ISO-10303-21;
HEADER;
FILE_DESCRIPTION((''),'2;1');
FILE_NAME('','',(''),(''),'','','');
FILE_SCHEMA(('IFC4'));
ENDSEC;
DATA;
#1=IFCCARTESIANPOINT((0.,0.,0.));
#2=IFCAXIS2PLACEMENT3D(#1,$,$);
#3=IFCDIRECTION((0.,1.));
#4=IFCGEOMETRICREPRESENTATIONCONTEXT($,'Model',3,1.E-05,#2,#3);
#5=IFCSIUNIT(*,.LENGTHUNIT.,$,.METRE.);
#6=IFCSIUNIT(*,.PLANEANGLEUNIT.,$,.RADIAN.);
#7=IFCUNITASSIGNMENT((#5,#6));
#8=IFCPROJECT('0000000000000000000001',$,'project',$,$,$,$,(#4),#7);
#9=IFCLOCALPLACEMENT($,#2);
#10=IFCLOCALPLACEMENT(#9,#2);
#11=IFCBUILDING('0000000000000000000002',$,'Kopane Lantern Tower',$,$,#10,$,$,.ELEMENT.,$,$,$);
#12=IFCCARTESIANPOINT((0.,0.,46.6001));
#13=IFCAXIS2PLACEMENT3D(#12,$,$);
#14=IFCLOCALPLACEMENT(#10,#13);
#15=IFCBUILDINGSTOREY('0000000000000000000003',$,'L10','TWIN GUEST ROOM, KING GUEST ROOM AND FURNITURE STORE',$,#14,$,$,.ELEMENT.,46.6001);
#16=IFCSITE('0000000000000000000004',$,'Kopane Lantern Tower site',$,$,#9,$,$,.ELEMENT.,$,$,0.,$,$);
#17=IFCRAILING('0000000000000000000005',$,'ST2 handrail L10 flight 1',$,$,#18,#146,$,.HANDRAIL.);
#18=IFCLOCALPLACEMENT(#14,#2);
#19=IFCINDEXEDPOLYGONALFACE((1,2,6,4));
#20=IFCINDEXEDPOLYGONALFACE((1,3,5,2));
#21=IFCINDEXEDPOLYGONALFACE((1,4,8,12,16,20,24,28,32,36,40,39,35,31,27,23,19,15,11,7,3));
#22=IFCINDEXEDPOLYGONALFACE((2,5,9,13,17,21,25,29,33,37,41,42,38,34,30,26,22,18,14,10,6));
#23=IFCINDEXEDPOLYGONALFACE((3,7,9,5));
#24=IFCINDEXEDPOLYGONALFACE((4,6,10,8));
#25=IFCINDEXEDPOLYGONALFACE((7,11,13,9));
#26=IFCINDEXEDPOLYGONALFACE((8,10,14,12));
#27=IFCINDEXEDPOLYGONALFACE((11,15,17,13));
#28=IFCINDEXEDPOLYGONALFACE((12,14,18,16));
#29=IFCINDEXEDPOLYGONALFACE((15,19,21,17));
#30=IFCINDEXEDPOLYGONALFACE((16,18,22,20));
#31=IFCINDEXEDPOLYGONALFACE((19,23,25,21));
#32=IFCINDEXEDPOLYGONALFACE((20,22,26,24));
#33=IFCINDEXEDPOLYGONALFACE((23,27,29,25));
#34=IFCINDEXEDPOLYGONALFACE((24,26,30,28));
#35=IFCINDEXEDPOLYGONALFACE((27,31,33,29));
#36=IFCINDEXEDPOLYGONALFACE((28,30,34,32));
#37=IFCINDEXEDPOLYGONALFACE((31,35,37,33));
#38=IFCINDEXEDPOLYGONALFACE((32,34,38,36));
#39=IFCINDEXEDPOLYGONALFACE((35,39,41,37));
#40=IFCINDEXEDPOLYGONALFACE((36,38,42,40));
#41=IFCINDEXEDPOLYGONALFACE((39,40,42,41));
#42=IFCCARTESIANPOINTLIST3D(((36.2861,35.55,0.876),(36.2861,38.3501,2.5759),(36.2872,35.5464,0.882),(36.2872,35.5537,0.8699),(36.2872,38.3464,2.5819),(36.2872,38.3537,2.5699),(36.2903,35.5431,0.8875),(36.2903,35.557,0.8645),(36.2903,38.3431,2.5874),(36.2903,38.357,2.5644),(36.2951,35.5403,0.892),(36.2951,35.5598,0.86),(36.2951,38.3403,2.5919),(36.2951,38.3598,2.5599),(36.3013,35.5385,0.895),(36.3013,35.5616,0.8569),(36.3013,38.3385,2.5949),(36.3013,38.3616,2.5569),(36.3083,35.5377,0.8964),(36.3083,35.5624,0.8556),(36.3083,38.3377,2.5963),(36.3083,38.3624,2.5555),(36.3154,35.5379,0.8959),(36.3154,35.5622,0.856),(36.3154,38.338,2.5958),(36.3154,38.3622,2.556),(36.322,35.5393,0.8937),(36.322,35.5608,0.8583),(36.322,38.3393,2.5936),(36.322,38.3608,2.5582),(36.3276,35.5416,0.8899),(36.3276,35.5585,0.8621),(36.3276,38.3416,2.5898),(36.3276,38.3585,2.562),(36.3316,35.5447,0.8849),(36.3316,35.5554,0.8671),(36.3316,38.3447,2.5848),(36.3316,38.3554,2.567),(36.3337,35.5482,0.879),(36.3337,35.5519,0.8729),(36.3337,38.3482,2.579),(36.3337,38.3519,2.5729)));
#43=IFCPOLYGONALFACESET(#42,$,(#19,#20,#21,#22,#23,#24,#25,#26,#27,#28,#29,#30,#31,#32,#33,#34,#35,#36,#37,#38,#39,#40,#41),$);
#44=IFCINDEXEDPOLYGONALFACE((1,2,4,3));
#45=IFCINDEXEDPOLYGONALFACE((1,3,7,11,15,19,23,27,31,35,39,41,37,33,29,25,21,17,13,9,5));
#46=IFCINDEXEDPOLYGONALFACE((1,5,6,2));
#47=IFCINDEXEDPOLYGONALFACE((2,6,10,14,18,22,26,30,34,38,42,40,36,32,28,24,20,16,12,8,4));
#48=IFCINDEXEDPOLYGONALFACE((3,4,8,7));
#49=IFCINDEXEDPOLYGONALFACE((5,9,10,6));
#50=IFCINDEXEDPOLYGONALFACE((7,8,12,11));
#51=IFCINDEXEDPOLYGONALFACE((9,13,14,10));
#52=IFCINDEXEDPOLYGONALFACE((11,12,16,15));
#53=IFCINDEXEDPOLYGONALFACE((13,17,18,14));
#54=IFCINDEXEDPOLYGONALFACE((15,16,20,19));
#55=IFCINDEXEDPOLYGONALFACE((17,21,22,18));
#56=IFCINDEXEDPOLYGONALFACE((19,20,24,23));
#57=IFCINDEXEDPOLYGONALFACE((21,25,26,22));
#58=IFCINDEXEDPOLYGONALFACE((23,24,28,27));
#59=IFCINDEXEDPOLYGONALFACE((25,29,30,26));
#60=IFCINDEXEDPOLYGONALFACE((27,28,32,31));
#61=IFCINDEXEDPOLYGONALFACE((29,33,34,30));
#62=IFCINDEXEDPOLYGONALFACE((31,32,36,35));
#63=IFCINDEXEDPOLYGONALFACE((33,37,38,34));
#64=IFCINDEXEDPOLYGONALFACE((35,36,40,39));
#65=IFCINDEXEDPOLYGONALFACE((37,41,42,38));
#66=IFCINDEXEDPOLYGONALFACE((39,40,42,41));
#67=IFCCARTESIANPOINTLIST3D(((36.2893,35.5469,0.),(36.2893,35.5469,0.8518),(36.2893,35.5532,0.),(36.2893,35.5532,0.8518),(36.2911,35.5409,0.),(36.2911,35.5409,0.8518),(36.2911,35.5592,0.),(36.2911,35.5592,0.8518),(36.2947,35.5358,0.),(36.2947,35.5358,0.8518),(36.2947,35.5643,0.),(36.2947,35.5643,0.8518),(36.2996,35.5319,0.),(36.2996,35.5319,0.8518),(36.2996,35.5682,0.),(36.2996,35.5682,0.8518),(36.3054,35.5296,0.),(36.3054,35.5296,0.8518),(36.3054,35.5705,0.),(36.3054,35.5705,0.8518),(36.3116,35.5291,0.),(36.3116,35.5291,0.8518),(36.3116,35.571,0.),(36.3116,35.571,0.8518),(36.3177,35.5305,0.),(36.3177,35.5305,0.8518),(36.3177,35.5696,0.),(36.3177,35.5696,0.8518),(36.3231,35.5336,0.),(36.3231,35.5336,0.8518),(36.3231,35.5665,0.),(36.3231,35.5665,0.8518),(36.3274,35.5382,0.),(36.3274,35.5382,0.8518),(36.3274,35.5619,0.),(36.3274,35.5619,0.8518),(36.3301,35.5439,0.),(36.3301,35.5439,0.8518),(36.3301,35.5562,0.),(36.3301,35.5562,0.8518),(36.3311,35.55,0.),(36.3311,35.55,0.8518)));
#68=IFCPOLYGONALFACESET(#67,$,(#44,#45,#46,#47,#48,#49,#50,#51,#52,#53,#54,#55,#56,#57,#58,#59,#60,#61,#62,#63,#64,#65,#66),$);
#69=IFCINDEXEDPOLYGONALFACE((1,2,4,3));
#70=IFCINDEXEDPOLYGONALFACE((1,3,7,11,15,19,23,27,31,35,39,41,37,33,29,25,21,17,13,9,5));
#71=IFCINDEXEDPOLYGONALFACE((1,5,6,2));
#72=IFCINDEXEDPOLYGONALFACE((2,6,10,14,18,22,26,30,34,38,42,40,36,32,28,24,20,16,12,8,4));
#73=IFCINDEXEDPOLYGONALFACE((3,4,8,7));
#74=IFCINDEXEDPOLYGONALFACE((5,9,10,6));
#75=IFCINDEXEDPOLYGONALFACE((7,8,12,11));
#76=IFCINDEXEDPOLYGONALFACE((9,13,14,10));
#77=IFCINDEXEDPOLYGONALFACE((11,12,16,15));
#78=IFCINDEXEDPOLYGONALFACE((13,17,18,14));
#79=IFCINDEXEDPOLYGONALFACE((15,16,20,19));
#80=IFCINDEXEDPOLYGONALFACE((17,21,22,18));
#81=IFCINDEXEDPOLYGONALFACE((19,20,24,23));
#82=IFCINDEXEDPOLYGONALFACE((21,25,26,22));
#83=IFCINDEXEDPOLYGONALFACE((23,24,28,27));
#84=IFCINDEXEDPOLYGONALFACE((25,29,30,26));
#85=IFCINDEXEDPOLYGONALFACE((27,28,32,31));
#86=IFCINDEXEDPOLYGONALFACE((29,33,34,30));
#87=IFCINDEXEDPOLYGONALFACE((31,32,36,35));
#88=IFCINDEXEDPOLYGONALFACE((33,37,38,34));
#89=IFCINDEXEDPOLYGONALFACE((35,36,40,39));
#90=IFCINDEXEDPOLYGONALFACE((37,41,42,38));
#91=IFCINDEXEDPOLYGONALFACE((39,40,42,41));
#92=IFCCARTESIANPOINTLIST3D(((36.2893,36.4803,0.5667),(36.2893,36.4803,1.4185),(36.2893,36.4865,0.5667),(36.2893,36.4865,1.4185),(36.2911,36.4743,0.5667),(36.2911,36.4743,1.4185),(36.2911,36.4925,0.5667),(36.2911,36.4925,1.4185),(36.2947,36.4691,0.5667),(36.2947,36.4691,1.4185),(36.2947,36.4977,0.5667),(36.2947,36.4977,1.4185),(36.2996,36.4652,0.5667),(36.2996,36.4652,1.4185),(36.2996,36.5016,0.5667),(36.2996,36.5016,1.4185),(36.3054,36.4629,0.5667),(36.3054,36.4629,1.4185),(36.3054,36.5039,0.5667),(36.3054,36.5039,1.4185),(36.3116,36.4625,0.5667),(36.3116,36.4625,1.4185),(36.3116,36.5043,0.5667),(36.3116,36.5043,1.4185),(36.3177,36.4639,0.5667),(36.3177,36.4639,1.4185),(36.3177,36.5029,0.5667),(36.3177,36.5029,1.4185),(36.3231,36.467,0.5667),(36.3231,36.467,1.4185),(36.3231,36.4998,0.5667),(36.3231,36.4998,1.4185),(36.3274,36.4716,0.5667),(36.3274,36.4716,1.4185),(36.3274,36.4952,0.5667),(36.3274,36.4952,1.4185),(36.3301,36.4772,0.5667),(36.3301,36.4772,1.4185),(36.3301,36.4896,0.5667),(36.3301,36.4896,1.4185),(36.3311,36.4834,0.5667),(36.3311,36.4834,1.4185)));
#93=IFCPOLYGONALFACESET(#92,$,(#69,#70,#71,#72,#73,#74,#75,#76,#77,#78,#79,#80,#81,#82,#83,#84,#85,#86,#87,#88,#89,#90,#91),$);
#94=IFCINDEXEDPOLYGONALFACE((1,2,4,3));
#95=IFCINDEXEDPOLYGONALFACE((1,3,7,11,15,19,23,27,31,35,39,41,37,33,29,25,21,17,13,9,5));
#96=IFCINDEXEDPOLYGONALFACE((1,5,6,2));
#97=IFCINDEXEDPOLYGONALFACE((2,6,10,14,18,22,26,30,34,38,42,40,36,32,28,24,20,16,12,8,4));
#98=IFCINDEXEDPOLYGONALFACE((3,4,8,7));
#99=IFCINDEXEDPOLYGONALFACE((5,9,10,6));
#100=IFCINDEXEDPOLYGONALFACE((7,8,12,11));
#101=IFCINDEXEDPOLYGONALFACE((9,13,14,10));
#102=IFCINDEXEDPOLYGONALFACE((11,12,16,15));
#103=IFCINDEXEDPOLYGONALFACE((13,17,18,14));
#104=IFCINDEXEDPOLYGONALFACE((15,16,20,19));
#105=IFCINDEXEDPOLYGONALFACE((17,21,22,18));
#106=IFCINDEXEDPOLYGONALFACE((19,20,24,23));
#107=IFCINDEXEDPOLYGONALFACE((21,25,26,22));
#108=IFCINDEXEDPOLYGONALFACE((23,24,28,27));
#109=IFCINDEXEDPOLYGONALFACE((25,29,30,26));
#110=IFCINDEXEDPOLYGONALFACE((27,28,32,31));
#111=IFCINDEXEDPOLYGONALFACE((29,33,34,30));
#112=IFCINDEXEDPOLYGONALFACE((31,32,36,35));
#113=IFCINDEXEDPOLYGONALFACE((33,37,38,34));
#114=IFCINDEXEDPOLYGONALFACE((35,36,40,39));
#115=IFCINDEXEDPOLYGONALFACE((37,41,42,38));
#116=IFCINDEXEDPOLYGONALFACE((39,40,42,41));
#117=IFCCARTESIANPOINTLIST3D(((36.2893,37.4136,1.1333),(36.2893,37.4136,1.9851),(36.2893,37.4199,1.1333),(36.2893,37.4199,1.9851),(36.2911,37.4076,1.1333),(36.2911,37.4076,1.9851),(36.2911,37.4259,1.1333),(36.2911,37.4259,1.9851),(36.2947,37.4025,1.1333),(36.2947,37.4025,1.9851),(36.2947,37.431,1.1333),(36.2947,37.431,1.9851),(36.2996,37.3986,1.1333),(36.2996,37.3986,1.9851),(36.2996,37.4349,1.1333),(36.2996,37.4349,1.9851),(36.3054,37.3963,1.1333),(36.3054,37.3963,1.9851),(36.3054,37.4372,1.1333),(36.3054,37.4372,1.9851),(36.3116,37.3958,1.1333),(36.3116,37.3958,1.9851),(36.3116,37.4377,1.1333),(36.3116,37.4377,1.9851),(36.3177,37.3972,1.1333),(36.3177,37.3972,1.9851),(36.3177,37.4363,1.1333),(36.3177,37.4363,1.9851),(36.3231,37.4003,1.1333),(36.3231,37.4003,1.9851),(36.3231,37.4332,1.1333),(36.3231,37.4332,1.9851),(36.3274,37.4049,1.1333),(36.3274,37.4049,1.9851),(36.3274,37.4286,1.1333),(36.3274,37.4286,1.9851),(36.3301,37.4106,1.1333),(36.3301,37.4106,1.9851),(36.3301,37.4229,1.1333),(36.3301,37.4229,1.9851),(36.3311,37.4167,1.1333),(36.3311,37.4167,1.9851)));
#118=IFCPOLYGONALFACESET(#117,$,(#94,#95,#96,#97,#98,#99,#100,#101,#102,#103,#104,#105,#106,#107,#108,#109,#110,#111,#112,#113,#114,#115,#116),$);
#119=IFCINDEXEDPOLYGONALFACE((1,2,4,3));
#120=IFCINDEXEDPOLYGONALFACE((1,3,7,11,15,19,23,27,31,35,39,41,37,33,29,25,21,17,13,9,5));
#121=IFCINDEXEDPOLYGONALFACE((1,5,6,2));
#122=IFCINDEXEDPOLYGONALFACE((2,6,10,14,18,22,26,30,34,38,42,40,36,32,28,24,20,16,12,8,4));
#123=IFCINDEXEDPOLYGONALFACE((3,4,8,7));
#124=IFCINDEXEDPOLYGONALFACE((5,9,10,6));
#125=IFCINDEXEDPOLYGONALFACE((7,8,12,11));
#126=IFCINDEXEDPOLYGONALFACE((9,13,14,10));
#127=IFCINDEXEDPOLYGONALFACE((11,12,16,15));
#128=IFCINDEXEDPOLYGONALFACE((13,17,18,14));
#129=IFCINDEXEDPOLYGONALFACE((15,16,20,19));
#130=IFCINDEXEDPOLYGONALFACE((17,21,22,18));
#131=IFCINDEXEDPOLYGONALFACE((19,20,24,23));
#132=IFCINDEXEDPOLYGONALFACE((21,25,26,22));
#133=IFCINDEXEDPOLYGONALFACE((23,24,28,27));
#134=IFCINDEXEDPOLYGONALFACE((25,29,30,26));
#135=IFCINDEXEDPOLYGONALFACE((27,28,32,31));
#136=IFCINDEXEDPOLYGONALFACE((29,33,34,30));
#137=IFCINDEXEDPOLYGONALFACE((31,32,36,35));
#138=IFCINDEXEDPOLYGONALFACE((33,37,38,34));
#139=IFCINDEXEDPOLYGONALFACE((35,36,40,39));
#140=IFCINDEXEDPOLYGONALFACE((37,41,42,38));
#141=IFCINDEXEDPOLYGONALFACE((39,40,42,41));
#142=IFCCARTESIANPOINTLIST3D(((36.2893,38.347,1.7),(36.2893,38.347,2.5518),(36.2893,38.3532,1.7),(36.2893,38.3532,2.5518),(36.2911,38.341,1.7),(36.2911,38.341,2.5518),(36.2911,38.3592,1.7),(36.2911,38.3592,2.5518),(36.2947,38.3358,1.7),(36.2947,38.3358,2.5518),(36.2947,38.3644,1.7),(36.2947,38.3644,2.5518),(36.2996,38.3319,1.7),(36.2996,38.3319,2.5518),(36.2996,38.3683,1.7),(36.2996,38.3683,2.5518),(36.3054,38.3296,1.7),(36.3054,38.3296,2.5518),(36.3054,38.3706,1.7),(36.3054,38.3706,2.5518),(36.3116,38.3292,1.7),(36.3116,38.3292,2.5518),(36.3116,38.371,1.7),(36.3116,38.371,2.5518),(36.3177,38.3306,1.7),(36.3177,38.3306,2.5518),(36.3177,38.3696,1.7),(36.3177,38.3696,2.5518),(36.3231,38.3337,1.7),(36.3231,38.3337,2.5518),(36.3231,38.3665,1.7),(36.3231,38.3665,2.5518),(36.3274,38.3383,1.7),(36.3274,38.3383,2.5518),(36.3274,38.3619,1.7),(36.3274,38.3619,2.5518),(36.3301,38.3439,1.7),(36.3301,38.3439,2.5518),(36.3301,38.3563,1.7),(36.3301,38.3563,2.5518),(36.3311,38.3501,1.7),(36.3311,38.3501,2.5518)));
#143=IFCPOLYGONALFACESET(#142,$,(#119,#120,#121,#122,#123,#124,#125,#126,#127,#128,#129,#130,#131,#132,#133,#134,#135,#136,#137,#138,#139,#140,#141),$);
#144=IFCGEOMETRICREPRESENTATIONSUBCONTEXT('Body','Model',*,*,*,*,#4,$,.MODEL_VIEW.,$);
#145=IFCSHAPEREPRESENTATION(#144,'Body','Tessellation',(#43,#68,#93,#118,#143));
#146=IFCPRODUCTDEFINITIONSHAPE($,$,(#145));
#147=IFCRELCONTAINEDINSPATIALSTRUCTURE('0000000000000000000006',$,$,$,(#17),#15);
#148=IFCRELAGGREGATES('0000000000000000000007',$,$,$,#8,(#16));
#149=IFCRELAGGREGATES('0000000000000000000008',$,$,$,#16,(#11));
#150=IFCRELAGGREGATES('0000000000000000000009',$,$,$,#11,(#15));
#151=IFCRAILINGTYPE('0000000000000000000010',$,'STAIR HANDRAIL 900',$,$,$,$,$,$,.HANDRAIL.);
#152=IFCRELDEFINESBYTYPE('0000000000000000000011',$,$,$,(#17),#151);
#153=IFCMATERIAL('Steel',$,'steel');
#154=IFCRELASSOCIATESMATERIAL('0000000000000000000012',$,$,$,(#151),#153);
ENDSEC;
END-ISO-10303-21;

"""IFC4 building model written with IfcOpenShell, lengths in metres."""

from ifc_helpers import new_model, si_unit, direction, frame, origin, origin_2d, place, context, subcontext, project, spatial, circle, extrude, material, type_object, element, save


model = new_model("IFC4")

# Units and contexts
model_context = context("Model", 3, precision=1e-05, world=origin(), true_north=direction((0.0, 1.0)))
body_context = subcontext(model_context, "Body", "Model", "MODEL_VIEW")
ifc_project = project(units=[si_unit("LENGTHUNIT", "METRE"), si_unit("PLANEANGLEUNIT", "RADIAN")], contexts=[model_context])

# Site, building, storey
site_placement = place(None, origin())
site = spatial("IfcSite", under=ifc_project, at=site_placement, Name="Kopane Lantern Tower site", CompositionType="ELEMENT", RefElevation=0.0)
building_placement = place(site_placement, origin())
building = spatial("IfcBuilding", under=site, at=building_placement, Name="Kopane Lantern Tower", CompositionType="ELEMENT")
storey_placement = place(building_placement, frame((0.0, 0.0, 46.6001)))
storey = spatial("IfcBuildingStorey", under=building, at=storey_placement, Name="L10", Description="TWIN GUEST ROOM, KING GUEST ROOM AND FURNITURE STORE", CompositionType="ELEMENT", Elevation=46.6001)

# Railing
ifc_material_1 = material(Name="Steel", Category="steel")
railing_type_1 = type_object("IfcRailingType", Name="STAIR HANDRAIL 900", PredefinedType="HANDRAIL", material=ifc_material_1)
for number, where, name in (
    (1, (36.3101, 35.55, 0.0), "ST2 handrail L10 flight 1"),
):
    element("IfcRailing", number, at=place(storey_placement, frame(where)), inside=storey, type_object=railing_type_1, Name=name, PredefinedType="HANDRAIL", context=body_context, shape_type="SweptSolid", body=[
        extrude(circle(Radius=0.0239, at=origin_2d()), frame((0.0, 0.0, 0.876), z_axis=(0.0, 0.854798, 0.518961), x_axis=(-1.0, 0.0, 0.0)), (0.0, 0.0, 1.0), 3.2756),
        extrude(circle(Radius=0.021, at=origin_2d()), origin(), (0.0, 0.0, 1.0), 0.8518),
        extrude(circle(Radius=0.021, at=origin_2d()), frame((0.0, 0.9333, 0.5667)), (0.0, 0.0, 1.0), 0.8518),
        extrude(circle(Radius=0.021, at=origin_2d()), frame((0.0, 1.8667, 1.1333)), (0.0, 0.0, 1.0), 0.8518),
        extrude(circle(Radius=0.021, at=origin_2d()), frame((0.0, 2.8, 1.7)), (0.0, 0.0, 1.0), 0.8518),
    ])

save(model, "model.ifc")
